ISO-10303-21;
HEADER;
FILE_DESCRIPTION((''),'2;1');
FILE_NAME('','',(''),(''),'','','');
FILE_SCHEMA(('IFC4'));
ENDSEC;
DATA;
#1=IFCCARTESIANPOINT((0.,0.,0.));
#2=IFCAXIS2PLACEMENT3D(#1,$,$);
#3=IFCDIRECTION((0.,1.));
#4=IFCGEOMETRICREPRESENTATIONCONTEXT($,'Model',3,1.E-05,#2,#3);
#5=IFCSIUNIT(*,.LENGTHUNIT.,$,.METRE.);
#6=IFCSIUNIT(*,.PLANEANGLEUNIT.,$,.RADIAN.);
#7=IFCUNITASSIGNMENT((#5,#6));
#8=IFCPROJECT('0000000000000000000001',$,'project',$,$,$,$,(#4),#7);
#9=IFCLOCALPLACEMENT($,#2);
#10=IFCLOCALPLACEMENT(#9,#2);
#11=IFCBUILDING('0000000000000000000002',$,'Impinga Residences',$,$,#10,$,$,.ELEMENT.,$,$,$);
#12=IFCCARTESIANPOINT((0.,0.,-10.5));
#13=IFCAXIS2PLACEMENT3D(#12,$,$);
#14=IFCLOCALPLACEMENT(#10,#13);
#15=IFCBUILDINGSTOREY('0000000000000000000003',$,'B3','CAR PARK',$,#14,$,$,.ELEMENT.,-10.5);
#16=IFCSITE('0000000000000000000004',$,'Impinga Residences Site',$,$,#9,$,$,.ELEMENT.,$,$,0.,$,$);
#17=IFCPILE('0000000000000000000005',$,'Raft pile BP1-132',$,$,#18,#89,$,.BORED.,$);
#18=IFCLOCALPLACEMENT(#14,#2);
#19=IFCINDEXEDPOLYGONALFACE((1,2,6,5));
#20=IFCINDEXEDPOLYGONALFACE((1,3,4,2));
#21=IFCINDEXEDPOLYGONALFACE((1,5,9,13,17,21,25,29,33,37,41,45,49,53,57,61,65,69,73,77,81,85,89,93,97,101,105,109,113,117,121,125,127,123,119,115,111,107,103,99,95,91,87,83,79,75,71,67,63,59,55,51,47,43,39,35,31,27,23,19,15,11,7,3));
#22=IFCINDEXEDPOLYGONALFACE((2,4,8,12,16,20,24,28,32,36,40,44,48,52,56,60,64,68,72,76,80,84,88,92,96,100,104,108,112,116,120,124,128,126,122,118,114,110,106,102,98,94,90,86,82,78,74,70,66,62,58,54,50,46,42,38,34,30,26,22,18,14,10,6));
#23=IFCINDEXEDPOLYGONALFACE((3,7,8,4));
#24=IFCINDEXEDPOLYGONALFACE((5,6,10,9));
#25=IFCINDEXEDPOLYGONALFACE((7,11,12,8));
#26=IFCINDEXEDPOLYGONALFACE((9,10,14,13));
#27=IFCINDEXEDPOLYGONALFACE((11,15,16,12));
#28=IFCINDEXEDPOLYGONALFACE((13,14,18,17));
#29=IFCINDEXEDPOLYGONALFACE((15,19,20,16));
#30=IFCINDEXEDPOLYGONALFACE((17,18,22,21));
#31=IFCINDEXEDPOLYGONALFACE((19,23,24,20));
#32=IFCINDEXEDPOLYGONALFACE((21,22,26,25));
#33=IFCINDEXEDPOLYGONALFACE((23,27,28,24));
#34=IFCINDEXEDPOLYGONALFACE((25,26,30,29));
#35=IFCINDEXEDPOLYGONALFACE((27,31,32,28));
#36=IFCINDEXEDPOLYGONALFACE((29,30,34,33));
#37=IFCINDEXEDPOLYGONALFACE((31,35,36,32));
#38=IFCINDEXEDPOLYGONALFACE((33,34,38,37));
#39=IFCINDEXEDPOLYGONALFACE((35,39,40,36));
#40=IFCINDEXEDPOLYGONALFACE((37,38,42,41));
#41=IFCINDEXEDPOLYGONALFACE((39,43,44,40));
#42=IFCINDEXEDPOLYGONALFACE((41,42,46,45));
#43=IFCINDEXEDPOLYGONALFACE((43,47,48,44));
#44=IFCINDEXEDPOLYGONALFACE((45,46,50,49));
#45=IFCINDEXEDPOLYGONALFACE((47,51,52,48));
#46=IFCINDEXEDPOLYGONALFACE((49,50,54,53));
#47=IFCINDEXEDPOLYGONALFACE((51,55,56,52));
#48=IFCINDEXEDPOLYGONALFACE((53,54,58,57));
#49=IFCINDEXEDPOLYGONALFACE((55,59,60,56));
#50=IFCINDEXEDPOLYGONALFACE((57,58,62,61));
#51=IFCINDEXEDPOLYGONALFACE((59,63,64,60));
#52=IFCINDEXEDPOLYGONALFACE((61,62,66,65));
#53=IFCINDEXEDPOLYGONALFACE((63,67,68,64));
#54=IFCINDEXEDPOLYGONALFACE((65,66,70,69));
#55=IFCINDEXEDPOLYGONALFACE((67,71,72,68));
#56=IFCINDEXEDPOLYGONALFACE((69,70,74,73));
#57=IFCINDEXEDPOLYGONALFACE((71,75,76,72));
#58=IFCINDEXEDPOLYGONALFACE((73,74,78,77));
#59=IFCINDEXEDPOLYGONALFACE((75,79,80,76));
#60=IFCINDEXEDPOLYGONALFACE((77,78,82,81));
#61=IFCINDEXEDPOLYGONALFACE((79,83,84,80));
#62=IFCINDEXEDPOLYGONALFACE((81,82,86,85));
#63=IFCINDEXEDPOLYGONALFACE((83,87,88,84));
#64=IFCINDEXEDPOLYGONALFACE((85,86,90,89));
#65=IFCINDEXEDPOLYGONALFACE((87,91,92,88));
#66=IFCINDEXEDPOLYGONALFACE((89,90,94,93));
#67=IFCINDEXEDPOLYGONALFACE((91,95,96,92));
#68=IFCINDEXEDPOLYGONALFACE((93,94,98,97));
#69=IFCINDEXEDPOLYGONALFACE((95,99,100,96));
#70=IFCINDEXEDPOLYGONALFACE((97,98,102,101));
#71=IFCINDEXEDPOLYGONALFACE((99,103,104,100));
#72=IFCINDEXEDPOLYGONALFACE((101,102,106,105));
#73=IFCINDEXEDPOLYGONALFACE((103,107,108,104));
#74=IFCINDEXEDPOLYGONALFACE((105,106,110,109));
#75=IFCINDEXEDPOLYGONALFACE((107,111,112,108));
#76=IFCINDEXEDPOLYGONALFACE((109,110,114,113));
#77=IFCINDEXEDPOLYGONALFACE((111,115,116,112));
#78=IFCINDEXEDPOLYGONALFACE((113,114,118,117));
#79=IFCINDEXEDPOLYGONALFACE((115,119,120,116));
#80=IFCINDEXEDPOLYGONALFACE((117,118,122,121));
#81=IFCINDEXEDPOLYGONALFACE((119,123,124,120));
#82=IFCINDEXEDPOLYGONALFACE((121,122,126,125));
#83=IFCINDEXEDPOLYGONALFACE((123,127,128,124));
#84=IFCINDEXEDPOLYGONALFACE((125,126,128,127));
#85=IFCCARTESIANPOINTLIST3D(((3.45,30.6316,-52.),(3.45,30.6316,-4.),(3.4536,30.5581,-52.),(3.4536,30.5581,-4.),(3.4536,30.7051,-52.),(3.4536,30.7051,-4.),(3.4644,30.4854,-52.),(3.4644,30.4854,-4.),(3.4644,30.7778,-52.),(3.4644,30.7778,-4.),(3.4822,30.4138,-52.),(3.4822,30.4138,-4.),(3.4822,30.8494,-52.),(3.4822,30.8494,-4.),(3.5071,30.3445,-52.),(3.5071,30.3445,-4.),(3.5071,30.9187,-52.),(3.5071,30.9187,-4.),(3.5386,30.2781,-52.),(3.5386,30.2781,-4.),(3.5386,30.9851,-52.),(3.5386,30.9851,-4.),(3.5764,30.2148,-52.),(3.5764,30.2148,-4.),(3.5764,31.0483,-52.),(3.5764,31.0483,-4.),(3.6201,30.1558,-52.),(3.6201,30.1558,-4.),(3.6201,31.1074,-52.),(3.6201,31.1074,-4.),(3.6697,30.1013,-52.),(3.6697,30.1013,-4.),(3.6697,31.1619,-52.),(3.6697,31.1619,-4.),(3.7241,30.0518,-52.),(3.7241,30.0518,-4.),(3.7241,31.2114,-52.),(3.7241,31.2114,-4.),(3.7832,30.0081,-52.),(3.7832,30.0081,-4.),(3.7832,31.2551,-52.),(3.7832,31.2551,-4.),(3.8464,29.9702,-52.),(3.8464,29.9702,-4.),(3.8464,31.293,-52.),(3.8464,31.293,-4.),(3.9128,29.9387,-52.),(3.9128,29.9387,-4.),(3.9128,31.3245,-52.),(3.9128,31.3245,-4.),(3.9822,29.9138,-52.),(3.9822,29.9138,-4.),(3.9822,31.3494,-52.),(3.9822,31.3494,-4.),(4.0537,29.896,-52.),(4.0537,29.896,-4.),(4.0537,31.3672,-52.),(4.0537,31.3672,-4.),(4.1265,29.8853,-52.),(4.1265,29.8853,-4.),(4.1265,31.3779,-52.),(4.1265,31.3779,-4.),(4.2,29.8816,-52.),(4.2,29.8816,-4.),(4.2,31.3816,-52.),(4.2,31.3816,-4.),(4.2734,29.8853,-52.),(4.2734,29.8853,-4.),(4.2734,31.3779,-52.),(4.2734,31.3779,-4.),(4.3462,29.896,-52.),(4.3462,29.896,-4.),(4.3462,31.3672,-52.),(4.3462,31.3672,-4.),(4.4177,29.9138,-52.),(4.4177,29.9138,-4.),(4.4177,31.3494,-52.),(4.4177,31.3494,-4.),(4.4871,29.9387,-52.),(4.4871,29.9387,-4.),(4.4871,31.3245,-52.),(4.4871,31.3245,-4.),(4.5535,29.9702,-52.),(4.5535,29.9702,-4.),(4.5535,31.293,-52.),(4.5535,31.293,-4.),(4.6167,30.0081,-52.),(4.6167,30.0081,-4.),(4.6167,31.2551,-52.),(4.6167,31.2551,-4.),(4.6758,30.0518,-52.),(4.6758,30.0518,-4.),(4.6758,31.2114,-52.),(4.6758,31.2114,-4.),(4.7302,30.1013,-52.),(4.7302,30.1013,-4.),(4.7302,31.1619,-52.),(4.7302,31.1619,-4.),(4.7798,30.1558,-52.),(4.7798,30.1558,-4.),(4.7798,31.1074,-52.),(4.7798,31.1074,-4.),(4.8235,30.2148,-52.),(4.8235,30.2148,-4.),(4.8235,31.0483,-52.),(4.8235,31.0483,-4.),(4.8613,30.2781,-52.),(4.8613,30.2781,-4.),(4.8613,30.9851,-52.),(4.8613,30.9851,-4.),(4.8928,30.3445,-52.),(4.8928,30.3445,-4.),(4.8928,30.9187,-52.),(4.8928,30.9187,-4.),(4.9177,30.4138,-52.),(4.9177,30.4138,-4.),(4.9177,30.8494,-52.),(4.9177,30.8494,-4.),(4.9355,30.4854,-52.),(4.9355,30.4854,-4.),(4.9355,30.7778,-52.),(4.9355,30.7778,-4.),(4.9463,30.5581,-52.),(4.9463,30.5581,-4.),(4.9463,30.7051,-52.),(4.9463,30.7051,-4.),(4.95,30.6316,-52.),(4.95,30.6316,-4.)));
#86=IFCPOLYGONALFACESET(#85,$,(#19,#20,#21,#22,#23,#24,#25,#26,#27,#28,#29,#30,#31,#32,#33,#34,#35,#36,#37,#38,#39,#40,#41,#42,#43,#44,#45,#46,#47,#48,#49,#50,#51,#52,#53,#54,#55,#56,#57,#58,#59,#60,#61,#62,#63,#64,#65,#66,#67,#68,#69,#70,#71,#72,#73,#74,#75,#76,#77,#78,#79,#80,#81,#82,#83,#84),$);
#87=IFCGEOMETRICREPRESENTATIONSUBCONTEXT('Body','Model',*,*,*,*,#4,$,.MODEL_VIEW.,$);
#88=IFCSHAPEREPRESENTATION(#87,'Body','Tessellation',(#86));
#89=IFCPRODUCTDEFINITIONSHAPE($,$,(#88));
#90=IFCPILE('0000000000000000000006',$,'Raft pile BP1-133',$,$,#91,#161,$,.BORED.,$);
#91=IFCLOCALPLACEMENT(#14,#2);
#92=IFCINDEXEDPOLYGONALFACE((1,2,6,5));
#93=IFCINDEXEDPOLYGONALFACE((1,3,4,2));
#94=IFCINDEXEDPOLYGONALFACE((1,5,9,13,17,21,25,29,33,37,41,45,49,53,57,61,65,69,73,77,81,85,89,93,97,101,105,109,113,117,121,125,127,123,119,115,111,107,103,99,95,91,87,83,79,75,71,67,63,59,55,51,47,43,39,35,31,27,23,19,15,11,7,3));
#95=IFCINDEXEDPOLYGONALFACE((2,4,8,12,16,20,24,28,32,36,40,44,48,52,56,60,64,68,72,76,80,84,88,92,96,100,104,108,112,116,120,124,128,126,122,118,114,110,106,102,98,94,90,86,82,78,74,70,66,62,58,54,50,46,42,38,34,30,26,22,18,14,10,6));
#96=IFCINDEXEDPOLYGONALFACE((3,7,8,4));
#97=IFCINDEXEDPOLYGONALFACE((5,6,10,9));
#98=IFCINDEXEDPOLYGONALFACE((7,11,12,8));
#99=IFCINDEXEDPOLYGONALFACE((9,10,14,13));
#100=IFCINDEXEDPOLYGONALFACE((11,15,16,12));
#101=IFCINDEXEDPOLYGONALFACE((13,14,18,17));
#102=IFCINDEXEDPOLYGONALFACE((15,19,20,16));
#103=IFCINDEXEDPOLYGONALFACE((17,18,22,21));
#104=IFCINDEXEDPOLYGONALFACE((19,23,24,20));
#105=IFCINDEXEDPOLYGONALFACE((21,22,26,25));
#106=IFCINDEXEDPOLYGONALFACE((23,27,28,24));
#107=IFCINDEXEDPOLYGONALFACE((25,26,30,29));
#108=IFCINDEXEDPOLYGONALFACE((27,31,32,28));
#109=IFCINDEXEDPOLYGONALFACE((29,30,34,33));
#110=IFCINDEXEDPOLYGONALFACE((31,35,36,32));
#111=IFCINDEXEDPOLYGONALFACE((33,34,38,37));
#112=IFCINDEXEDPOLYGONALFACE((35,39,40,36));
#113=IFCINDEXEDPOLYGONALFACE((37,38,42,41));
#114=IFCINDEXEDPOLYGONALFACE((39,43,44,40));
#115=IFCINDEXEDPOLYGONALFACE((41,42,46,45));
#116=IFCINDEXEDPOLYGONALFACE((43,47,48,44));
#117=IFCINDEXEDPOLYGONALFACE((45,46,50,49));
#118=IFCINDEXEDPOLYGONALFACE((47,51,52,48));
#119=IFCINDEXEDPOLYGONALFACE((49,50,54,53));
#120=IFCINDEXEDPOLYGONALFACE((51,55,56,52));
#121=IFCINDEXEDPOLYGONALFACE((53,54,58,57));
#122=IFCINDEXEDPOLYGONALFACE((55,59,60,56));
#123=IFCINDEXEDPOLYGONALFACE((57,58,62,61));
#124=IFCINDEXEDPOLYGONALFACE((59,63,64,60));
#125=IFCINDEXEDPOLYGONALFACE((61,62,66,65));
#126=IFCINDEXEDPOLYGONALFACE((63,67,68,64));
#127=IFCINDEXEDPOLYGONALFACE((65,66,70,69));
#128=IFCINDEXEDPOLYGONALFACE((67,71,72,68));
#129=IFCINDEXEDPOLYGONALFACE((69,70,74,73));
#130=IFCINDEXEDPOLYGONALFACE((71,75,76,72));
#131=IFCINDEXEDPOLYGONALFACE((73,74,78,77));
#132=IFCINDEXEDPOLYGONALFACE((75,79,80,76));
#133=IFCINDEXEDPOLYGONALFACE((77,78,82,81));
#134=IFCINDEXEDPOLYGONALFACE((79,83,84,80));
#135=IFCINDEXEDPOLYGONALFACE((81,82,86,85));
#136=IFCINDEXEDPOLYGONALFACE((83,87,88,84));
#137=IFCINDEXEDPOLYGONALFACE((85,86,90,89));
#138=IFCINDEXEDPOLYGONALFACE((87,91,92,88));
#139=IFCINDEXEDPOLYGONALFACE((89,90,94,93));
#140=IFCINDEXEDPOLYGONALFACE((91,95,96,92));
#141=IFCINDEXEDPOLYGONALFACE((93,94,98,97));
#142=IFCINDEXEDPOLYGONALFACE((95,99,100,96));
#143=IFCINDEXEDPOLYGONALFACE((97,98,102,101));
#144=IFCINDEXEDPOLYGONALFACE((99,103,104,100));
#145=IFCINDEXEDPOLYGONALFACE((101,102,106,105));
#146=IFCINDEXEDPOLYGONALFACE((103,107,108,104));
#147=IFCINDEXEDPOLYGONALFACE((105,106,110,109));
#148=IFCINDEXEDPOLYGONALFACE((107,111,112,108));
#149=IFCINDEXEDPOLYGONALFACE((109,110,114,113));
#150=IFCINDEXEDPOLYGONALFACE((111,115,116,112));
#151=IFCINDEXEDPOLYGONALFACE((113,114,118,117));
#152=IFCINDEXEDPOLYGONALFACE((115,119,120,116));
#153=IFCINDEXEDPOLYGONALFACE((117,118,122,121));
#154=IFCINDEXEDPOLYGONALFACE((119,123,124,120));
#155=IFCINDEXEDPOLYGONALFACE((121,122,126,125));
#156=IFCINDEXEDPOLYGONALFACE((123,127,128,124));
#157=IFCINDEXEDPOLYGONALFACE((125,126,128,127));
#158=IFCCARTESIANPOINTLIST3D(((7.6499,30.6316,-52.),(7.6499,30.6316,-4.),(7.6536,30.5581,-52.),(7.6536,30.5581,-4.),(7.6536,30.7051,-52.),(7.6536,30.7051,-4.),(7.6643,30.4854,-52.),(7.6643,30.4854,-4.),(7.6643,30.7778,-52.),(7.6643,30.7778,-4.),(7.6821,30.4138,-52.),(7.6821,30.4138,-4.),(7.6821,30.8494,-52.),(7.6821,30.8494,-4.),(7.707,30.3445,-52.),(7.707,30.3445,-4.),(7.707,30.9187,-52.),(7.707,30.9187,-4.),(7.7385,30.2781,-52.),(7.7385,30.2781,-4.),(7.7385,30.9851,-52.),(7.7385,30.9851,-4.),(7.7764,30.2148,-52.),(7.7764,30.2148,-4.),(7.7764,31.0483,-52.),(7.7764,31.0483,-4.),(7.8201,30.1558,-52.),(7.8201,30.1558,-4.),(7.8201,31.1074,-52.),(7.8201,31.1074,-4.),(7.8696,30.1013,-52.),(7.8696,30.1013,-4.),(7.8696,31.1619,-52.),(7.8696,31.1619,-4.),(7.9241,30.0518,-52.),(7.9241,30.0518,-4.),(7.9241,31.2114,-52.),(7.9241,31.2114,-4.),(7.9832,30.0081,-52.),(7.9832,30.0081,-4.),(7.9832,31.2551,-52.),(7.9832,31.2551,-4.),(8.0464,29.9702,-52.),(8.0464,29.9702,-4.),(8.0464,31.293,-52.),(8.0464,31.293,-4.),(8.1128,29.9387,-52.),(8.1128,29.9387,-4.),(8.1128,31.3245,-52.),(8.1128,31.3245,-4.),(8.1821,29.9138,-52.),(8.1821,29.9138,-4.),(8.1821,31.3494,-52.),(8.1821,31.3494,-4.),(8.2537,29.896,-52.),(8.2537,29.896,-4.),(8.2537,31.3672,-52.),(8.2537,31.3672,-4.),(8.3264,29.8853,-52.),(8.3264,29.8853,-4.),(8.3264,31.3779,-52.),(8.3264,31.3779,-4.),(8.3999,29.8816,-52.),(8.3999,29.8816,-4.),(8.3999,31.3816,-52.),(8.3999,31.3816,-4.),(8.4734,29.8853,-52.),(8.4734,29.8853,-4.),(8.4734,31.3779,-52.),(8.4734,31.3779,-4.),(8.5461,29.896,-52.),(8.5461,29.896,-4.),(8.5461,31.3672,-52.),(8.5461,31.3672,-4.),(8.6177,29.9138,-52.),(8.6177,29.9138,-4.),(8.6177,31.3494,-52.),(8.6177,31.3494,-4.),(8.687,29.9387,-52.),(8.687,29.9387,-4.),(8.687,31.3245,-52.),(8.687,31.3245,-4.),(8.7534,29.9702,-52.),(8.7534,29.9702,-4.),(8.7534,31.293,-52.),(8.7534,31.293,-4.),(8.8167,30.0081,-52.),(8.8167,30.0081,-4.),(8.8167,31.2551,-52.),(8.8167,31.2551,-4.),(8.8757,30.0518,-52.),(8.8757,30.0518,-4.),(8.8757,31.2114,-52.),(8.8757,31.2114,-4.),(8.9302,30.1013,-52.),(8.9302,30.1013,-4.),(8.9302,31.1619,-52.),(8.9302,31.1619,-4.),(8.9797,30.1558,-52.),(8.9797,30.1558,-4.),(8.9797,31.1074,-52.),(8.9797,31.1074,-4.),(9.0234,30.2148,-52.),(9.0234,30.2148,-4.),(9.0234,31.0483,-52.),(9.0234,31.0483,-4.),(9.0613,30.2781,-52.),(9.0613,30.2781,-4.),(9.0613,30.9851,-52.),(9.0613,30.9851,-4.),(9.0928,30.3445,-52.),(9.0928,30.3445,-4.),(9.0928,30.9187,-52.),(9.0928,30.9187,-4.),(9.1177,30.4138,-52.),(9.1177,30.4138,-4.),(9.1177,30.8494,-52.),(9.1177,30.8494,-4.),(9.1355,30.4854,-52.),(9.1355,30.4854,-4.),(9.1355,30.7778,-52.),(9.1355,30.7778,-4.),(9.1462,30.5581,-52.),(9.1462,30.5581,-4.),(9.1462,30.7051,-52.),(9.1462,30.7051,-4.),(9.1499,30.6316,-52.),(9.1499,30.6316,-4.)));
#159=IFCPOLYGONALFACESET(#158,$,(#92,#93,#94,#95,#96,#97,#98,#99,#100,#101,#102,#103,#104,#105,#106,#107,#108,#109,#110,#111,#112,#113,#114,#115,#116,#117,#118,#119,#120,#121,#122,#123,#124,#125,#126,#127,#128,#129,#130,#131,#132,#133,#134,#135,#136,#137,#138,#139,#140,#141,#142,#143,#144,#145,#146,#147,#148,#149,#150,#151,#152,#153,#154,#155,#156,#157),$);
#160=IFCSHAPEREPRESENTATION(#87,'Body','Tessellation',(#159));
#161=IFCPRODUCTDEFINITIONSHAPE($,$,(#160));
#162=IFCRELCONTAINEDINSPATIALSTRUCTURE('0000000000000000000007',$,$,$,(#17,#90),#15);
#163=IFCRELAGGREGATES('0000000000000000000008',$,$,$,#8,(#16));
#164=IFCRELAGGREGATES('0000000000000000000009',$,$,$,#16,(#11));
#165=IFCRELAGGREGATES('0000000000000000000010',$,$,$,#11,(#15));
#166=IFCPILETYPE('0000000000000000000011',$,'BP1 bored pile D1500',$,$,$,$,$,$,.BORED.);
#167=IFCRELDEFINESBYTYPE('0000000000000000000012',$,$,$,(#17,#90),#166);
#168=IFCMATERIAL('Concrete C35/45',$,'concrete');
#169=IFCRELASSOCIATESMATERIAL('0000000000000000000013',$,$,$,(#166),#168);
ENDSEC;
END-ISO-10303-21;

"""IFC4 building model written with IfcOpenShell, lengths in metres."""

from ifc_helpers import new_model, si_unit, direction, frame, origin, origin_2d, place, context, subcontext, project, spatial, polyline, circle, outline, extrude, material, material_profile, profile_set, type_object, element, save


model = new_model("IFC4")

# Units and contexts
model_context = context("Model", 3, precision=1e-05, world=origin(), true_north=direction((0.0, 1.0)))
body_context = subcontext(model_context, "Body", "Model", "MODEL_VIEW")
ifc_project = project(units=[si_unit("LENGTHUNIT", "METRE"), si_unit("PLANEANGLEUNIT", "RADIAN")], contexts=[model_context])

# Site, building, storey
site_placement = place(None, origin())
site = spatial("IfcSite", under=ifc_project, at=site_placement, Name="Impinga Residences Site", CompositionType="ELEMENT", RefElevation=0.0)
building_placement = place(site_placement, origin())
building = spatial("IfcBuilding", under=site, at=building_placement, Name="Impinga Residences", CompositionType="ELEMENT")
storey_placement = place(building_placement, frame((0.0, 0.0, -10.5)))
storey = spatial("IfcBuildingStorey", under=building, at=storey_placement, Name="B3", Description="CAR PARK", CompositionType="ELEMENT", Elevation=-10.5)

# Piles
ifc_material_1 = material(Name="Concrete C35/45", Category="concrete")
ifc_material_profile_1 = material_profile(ifc_material_1, circle(Radius=0.75, at=origin_2d()), Name="D1500")
ifc_profile_set_1 = profile_set([ifc_material_profile_1], Name="Concrete C35/45")
pile_type_1 = type_object("IfcPileType", Name="BP1 bored pile D1500", PredefinedType="BORED", material=ifc_profile_set_1)
pile_1_placement = place(storey_placement, frame((4.2, 30.6316, -4.0), z_axis=(0.0, 0.0, -1.0), x_axis=(1.0, 0.0, 0.0)))
element("IfcPile", 1, at=pile_1_placement, inside=storey, type_object=pile_type_1, Name="Raft pile BP1-132", PredefinedType="BORED", context=body_context, shape_type="SweptSolid", body=[
    extrude(outline(polyline([(0.75, 0.0), (0.7463, 0.0735), (0.7356, 0.1462), (0.7178, 0.2178), (0.6929, 0.2871), (0.6614, 0.3535), (0.6235, 0.4167), (0.5798, 0.4758), (0.5303, 0.5303), (0.4758, 0.5798), (0.4167, 0.6235), (0.3535, 0.6614), (0.2871, 0.6929), (0.2178, 0.7178), (0.1462, 0.7356), (0.0735, 0.7463), (0.0, 0.75), (-0.0735, 0.7463), (-0.1462, 0.7356), (-0.2178, 0.7178), (-0.2871, 0.6929), (-0.3535, 0.6614), (-0.4167, 0.6235), (-0.4758, 0.5798), (-0.5303, 0.5303), (-0.5798, 0.4758), (-0.6235, 0.4167), (-0.6614, 0.3535), (-0.6929, 0.2871), (-0.7178, 0.2178), (-0.7356, 0.1462), (-0.7463, 0.0735), (-0.75, 0.0), (-0.7463, -0.0735), (-0.7356, -0.1462), (-0.7178, -0.2178), (-0.6929, -0.2871), (-0.6614, -0.3535), (-0.6235, -0.4167), (-0.5798, -0.4758), (-0.5303, -0.5303), (-0.4758, -0.5798), (-0.4167, -0.6235), (-0.3535, -0.6614), (-0.2871, -0.6929), (-0.2178, -0.7178), (-0.1462, -0.7356), (-0.0735, -0.7463), (0.0, -0.75), (0.0735, -0.7463), (0.1462, -0.7356), (0.2178, -0.7178), (0.2871, -0.6929), (0.3535, -0.6614), (0.4167, -0.6235), (0.4758, -0.5798), (0.5303, -0.5303), (0.5798, -0.4758), (0.6235, -0.4167), (0.6614, -0.3535), (0.6929, -0.2871), (0.7178, -0.2178), (0.7356, -0.1462), (0.7463, -0.0735), (0.75, 0.0)])), origin(), (0.0, 0.0, 1.0), 48.0),
])
pile_2_placement = place(storey_placement, frame((8.3999, 30.6316, -4.0), z_axis=(0.0, 0.0, -1.0), x_axis=(1.0, 0.0, 0.0)))
element("IfcPile", 2, at=pile_2_placement, inside=storey, type_object=pile_type_1, Name="Raft pile BP1-133", PredefinedType="BORED", context=body_context, shape_type="SweptSolid", body=[
    extrude(outline(polyline([(0.75, 0.0), (0.7463, 0.0735), (0.7356, 0.1462), (0.7178, 0.2178), (0.6929, 0.2871), (0.6614, 0.3535), (0.6235, 0.4167), (0.5798, 0.4758), (0.5303, 0.5303), (0.4758, 0.5798), (0.4167, 0.6235), (0.3535, 0.6614), (0.2871, 0.6929), (0.2178, 0.7178), (0.1462, 0.7356), (0.0735, 0.7463), (0.0, 0.75), (-0.0735, 0.7463), (-0.1462, 0.7356), (-0.2178, 0.7178), (-0.2871, 0.6929), (-0.3535, 0.6614), (-0.4167, 0.6235), (-0.4758, 0.5798), (-0.5303, 0.5303), (-0.5798, 0.4758), (-0.6235, 0.4167), (-0.6614, 0.3535), (-0.6929, 0.2871), (-0.7178, 0.2178), (-0.7356, 0.1462), (-0.7463, 0.0735), (-0.75, 0.0), (-0.7463, -0.0735), (-0.7356, -0.1462), (-0.7178, -0.2178), (-0.6929, -0.2871), (-0.6614, -0.3535), (-0.6235, -0.4167), (-0.5798, -0.4758), (-0.5303, -0.5303), (-0.4758, -0.5798), (-0.4167, -0.6235), (-0.3535, -0.6614), (-0.2871, -0.6929), (-0.2178, -0.7178), (-0.1462, -0.7356), (-0.0735, -0.7463), (0.0, -0.75), (0.0735, -0.7463), (0.1462, -0.7356), (0.2178, -0.7178), (0.2871, -0.6929), (0.3535, -0.6614), (0.4167, -0.6235), (0.4758, -0.5798), (0.5303, -0.5303), (0.5798, -0.4758), (0.6235, -0.4167), (0.6614, -0.3535), (0.6929, -0.2871), (0.7178, -0.2178), (0.7356, -0.1462), (0.7463, -0.0735), (0.75, 0.0)])), origin(), (0.0, 0.0, 1.0), 48.0),
])

save(model, "model.ifc")
